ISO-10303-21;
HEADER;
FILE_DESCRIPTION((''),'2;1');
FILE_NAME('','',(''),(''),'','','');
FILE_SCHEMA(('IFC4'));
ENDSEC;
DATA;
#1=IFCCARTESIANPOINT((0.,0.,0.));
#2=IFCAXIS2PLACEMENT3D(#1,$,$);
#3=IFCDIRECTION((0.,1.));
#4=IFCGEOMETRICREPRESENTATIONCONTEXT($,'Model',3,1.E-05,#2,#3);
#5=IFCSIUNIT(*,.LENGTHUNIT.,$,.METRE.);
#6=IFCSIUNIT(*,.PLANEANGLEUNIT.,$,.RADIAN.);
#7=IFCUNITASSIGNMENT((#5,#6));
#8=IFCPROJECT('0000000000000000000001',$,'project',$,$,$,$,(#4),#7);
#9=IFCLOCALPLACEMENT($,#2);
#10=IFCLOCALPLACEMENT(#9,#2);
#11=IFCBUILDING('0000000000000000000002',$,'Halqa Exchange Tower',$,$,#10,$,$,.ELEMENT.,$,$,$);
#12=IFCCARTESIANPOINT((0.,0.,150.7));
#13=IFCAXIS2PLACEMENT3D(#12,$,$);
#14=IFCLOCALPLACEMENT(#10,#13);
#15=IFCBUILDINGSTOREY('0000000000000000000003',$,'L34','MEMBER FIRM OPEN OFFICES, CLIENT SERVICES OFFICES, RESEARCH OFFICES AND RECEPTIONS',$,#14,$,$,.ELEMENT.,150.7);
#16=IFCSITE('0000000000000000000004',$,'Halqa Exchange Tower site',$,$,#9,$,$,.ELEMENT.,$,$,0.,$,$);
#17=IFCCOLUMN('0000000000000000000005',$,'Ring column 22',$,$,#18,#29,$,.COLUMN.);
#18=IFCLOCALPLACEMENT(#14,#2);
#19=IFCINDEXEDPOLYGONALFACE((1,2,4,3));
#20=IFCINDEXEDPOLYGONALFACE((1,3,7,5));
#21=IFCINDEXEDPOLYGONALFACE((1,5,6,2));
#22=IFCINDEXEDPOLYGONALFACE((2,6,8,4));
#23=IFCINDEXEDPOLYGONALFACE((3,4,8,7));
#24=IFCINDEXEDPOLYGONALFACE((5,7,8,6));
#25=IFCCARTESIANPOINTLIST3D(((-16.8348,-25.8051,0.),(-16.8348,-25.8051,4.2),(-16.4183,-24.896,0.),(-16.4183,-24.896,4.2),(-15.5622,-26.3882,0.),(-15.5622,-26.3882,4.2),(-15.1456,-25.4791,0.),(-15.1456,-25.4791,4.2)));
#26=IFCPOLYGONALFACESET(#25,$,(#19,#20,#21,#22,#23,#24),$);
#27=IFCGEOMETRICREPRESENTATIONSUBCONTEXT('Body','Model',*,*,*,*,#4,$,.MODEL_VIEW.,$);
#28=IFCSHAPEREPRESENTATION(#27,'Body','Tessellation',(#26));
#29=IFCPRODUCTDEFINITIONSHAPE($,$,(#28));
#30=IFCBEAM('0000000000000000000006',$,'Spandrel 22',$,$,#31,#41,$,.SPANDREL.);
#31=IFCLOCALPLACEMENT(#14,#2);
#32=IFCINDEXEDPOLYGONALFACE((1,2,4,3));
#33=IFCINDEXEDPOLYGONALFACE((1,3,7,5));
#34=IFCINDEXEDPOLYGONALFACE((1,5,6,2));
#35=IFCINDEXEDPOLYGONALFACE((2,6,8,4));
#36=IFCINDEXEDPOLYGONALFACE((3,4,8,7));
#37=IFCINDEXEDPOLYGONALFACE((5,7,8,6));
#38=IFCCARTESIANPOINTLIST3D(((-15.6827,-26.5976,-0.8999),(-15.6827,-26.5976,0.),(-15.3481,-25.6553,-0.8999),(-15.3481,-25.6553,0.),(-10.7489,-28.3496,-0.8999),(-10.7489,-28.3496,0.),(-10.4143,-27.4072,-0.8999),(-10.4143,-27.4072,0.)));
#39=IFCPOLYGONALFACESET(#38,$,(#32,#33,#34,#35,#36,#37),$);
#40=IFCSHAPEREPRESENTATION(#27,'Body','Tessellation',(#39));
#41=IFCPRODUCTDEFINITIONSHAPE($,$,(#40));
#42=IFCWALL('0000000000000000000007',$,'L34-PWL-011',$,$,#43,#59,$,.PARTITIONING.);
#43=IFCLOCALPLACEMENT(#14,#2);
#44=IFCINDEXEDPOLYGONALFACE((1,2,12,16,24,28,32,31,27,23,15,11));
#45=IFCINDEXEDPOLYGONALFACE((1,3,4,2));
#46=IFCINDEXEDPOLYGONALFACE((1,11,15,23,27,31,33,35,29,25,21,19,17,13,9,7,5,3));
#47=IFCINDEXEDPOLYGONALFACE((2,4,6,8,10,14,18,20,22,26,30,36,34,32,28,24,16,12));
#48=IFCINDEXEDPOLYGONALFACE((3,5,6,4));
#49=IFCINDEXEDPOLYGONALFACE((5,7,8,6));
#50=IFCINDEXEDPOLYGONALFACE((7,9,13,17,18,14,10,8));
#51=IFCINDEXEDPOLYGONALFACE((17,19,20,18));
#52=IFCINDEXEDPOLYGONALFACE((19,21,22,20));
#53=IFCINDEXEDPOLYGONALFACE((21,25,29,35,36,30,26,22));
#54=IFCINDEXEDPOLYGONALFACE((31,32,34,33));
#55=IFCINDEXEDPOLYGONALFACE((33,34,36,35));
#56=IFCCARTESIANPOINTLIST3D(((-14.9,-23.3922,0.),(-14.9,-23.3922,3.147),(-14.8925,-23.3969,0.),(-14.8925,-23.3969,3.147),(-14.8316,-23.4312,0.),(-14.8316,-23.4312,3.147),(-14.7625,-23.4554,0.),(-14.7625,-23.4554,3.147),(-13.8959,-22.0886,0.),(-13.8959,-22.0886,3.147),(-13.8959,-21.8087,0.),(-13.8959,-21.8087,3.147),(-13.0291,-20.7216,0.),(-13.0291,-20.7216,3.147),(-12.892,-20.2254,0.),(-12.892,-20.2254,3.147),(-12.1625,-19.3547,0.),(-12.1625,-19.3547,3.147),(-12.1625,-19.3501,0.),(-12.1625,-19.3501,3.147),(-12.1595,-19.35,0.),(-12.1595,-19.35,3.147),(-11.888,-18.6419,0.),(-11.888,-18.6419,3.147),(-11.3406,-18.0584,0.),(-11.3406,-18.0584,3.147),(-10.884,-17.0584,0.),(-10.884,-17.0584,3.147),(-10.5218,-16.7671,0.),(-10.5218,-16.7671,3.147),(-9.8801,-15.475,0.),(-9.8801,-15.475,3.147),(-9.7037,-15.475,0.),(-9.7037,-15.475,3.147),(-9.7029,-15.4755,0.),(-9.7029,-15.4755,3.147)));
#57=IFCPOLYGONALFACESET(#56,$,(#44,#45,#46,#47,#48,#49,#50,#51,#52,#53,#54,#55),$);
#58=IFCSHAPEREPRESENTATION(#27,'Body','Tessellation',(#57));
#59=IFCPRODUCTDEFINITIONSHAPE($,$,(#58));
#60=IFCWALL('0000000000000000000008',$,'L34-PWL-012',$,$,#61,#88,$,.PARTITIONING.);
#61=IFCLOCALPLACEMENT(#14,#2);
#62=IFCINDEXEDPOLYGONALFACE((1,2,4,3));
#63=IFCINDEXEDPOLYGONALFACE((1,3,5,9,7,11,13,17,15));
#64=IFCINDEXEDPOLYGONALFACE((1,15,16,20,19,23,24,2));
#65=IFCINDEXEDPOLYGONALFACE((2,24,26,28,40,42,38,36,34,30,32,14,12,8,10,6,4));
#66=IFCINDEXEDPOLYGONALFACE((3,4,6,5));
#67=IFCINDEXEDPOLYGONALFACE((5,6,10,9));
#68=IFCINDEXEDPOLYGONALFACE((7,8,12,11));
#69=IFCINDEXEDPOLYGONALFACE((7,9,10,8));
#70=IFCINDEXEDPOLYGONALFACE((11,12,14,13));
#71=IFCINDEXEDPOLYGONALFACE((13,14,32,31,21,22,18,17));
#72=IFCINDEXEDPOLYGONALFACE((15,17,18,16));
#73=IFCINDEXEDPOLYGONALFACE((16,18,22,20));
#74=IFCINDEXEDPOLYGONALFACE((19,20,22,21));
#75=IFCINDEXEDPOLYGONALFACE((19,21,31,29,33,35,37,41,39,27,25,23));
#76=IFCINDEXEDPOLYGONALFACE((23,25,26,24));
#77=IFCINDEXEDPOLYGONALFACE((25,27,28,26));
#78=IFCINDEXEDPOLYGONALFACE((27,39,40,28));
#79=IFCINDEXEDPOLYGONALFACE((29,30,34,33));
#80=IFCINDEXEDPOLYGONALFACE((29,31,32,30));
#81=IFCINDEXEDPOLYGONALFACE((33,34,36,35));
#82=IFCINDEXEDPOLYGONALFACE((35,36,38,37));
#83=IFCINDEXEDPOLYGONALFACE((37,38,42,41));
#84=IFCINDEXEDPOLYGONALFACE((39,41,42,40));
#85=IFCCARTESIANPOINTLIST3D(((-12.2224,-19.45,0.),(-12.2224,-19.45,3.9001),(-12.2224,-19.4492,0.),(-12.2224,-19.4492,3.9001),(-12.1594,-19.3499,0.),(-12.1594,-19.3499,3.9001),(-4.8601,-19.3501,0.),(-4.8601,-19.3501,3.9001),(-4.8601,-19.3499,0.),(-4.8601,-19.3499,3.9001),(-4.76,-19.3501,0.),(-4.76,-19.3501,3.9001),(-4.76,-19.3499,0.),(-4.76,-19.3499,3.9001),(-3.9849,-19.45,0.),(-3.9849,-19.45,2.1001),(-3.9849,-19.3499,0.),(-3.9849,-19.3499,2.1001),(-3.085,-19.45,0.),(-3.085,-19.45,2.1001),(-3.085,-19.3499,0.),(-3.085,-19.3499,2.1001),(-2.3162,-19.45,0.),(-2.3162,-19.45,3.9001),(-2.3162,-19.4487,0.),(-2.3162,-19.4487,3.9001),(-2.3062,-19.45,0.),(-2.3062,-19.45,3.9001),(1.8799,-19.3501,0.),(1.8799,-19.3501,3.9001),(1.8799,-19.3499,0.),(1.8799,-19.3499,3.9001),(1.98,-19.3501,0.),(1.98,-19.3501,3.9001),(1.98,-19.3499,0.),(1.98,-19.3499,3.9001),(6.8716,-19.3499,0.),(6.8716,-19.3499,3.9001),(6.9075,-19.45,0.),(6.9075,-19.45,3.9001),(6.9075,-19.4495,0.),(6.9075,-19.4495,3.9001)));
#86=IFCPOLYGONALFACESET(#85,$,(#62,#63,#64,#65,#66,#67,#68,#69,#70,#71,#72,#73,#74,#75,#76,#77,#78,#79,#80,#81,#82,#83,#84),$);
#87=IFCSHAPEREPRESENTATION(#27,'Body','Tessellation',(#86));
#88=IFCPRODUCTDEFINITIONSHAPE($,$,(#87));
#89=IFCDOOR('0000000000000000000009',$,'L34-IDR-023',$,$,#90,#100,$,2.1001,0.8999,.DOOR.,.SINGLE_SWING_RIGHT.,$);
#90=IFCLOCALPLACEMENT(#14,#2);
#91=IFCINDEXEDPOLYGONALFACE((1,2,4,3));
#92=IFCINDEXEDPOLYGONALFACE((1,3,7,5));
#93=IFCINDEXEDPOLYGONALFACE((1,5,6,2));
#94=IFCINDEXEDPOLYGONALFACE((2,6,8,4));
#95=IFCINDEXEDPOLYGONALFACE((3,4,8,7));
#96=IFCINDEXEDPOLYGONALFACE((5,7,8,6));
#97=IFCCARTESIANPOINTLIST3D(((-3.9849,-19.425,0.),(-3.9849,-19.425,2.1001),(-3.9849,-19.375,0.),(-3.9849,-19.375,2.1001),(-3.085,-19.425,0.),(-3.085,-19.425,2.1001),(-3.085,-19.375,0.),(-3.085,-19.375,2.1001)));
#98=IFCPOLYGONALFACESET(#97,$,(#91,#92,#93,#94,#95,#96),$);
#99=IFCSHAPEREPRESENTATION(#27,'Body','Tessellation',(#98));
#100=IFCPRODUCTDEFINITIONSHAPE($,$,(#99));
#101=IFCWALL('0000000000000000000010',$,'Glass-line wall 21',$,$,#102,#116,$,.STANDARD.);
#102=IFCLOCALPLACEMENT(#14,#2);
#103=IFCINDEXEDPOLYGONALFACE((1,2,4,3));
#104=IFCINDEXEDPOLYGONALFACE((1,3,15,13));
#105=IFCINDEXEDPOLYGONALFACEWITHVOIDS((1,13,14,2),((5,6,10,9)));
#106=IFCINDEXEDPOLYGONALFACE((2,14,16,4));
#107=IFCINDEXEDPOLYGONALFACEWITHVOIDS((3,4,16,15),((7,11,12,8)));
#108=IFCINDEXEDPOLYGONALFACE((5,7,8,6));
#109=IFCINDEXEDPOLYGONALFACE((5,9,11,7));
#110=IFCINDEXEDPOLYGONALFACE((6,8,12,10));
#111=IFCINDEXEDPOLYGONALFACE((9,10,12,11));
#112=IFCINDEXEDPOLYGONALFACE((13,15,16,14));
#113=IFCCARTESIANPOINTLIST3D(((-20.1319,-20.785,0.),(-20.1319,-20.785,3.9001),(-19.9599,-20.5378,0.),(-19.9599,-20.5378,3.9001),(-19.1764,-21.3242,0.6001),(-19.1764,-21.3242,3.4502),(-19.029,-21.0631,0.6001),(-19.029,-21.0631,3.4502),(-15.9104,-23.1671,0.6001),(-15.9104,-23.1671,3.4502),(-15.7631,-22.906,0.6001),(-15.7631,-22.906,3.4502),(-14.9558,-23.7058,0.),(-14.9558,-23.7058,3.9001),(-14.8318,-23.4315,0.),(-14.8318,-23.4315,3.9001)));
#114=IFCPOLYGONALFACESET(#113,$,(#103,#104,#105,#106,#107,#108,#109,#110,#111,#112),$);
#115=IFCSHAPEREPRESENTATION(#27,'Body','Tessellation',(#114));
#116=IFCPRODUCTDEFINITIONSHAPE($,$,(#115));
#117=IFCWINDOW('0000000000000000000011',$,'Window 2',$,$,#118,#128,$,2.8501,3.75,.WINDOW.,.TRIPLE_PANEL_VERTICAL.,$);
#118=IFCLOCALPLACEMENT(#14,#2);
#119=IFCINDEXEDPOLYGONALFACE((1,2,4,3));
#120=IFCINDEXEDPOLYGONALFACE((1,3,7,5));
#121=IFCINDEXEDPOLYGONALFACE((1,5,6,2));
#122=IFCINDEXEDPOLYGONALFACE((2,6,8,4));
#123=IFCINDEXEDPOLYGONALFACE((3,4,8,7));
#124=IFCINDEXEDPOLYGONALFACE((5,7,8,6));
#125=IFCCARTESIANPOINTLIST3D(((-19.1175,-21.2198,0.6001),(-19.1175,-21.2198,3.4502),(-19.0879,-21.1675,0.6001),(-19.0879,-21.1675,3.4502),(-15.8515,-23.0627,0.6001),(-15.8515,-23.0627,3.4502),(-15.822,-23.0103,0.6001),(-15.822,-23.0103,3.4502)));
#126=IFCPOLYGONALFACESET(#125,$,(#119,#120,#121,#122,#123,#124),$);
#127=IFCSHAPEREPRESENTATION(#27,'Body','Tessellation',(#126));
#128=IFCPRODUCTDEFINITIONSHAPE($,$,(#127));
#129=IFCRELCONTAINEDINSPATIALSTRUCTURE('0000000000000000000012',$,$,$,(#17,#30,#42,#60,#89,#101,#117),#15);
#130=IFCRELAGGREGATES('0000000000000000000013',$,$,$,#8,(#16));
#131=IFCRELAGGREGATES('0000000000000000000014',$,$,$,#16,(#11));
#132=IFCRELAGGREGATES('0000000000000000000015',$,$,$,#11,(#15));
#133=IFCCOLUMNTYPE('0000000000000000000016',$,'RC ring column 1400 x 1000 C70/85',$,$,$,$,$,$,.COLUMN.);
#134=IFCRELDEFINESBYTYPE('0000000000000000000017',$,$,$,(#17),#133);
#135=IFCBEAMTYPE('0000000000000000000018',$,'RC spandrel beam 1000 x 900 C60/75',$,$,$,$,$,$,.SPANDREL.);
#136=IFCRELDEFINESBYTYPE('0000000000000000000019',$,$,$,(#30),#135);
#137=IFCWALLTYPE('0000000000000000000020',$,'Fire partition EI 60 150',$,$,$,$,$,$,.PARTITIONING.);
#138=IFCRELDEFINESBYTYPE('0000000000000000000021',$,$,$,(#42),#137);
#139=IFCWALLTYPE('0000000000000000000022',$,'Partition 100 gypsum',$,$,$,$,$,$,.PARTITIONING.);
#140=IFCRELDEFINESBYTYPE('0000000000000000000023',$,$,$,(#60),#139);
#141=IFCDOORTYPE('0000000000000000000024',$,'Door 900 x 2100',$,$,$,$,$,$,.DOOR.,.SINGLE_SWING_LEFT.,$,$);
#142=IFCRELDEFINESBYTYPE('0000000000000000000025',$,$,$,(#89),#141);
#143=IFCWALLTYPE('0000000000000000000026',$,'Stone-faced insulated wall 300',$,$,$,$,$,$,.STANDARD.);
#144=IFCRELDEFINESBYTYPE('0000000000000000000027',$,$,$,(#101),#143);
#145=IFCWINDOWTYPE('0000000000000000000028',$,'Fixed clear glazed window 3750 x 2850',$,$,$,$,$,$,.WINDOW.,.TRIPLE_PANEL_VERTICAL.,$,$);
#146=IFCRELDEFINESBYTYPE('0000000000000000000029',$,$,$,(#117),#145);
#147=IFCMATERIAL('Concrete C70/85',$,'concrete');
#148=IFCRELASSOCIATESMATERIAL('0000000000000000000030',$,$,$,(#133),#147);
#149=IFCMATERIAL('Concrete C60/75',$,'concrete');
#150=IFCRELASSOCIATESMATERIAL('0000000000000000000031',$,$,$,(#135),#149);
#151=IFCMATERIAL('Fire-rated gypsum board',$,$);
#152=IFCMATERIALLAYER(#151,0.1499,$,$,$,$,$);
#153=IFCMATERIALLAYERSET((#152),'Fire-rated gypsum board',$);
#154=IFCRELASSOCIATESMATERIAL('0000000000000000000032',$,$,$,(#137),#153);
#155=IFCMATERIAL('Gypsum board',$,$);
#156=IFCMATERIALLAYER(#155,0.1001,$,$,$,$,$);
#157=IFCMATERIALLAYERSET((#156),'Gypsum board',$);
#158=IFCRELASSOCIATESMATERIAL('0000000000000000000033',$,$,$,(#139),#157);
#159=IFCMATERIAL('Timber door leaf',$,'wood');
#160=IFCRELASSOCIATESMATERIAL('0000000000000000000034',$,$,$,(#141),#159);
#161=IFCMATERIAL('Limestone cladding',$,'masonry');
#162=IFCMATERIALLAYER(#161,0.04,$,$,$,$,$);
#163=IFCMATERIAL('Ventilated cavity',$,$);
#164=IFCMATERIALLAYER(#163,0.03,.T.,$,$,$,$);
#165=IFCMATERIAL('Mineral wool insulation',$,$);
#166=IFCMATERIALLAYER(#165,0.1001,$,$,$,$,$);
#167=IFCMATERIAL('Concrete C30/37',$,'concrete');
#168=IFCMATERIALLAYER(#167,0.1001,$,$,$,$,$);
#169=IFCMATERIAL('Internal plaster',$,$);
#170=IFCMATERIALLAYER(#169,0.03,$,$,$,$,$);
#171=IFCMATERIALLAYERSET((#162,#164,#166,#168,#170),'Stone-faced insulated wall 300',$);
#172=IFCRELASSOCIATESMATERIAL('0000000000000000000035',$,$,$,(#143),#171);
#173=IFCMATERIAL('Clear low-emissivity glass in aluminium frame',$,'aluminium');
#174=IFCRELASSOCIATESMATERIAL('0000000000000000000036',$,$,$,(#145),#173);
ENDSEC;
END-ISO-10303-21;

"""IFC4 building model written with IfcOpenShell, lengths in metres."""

from ifc_helpers import new_model, si_unit, direction, frame, frame_2d, origin, origin_2d, place, context, subcontext, project, spatial, polyline, rectangle, outline, extrude, material, layer, layer_set, material_profile, profile_set, type_object, element, fill, save


model = new_model("IFC4")

# Units and contexts
model_context = context("Model", 3, precision=1e-05, world=origin(), true_north=direction((0.0, 1.0)))
body_context = subcontext(model_context, "Body", "Model", "MODEL_VIEW")
ifc_project = project(units=[si_unit("LENGTHUNIT", "METRE"), si_unit("PLANEANGLEUNIT", "RADIAN")], contexts=[model_context])

# Site, building, storey
site_placement = place(None, origin())
site = spatial("IfcSite", under=ifc_project, at=site_placement, Name="Halqa Exchange Tower site", CompositionType="ELEMENT", RefElevation=0.0)
building_placement = place(site_placement, origin())
building = spatial("IfcBuilding", under=site, at=building_placement, Name="Halqa Exchange Tower", CompositionType="ELEMENT")
storey_placement = place(building_placement, frame((0.0, 0.0, 150.7)))
storey = spatial("IfcBuildingStorey", under=building, at=storey_placement, Name="L34", Description="MEMBER FIRM OPEN OFFICES, CLIENT SERVICES OFFICES, RESEARCH OFFICES AND RECEPTIONS", CompositionType="ELEMENT", Elevation=150.7)

# Column
ifc_material_1 = material(Name="Concrete C70/85", Category="concrete")
ifc_material_profile_1 = material_profile(ifc_material_1, rectangle(XDim=1.3999, YDim=1.0, at=origin_2d()), Name="1400 x 1000")
ifc_profile_set_1 = profile_set([ifc_material_profile_1], Name="Concrete C70/85")
column_type = type_object("IfcColumnType", Name="RC ring column 1400 x 1000 C70/85", PredefinedType="COLUMN", material=ifc_profile_set_1)
column_placement = place(storey_placement, frame((-15.9902, -25.6421, 0.0), z_axis=(0.0, 0.0, 1.0), x_axis=(0.909126, -0.41652, 0.0)))
element("IfcColumn", 1, at=column_placement, inside=storey, type_object=column_type, Name="Ring column 22", PredefinedType="COLUMN", context=body_context, shape_type="SweptSolid", body=[
    extrude(rectangle(XDim=1.3999, YDim=1.0, at=origin_2d()), origin(), (0.0, 0.0, 1.0), 4.2),
])

# Beam
ifc_material_2 = material(Name="Concrete C60/75", Category="concrete")
ifc_material_profile_2 = material_profile(ifc_material_2, rectangle(XDim=1.0, YDim=0.8999, at=origin_2d()), Name="1000 x 900")
ifc_profile_set_2 = profile_set([ifc_material_profile_2], Name="Concrete C60/75")
beam_type = type_object("IfcBeamType", Name="RC spandrel beam 1000 x 900 C60/75", PredefinedType="SPANDREL", material=ifc_profile_set_2)
beam_placement = place(storey_placement, frame((-15.5154, -26.1265, -0.45), z_axis=(0.942353, -0.33462, 0.0), x_axis=(0.33462, 0.942353, 0.0)))
element("IfcBeam", 2, at=beam_placement, inside=storey, type_object=beam_type, Name="Spandrel 22", PredefinedType="SPANDREL", context=body_context, shape_type="SweptSolid", body=[
    extrude(rectangle(XDim=1.0, YDim=0.8999, at=origin_2d()), origin(), (0.0, 0.0, 1.0), 5.2356),
])

# Shared definitions
ifc_material_3 = material(Name="Fire-rated gypsum board")
ifc_layer_1 = layer(ifc_material_3, 0.1499)
ifc_layer_set_1 = layer_set([ifc_layer_1], Name="Fire-rated gypsum board")
wall_type_1 = type_object("IfcWallType", Name="Fire partition EI 60 150", PredefinedType="PARTITIONING", material=ifc_layer_set_1)

# Wall
wall_1_placement = place(storey_placement, frame((-14.8367, -23.4324, 0.0), z_axis=(0.0, 0.0, 1.0), x_axis=(0.535485, 0.844545, 0.0)))
element("IfcWall", 3, at=wall_1_placement, inside=storey, type_object=wall_type_1, Name="L34-PWL-011", PredefinedType="PARTITIONING", context=body_context, shape_type="SweptSolid", body=[
    extrude(outline(polyline([(0.0203, -0.075), (1.6387, -0.075), (3.2573, -0.075), (4.8757, -0.075), (4.8796, -0.0725), (4.8813, -0.075), (6.4106, -0.075), (7.9397, -0.075), (9.469, -0.075), (9.469, -0.074), (9.3745, 0.075), (7.4998, 0.075), (5.6248, 0.075), (3.7498, 0.075), (1.875, 0.075), (0.0, 0.075), (0.0, 0.0662), (0.0037, -0.0037), (0.0203, -0.075)])), origin(), (0.0, 0.0, 1.0), 3.147),
])

# Wall, opening, door
ifc_material_4 = material(Name="Gypsum board")
ifc_layer_2 = layer(ifc_material_4, 0.1001)
ifc_layer_set_2 = layer_set([ifc_layer_2], Name="Gypsum board")
wall_type_2 = type_object("IfcWallType", Name="Partition 100 gypsum", PredefinedType="PARTITIONING", material=ifc_layer_set_2)
wall_2_placement = place(storey_placement, frame((-12.2224, -19.3999, 0.0), z_axis=(0.0, 0.0, 1.0), x_axis=(1.0, 0.0, 0.0)))
wall_2 = element("IfcWall", 4, at=wall_2_placement, inside=storey, type_object=wall_type_2, Name="L34-PWL-012", PredefinedType="PARTITIONING", context=body_context, shape_type="SweptSolid", body=[
    extrude(outline(polyline([(0.0, -0.05), (1.9812, -0.05), (3.9624, -0.05), (5.9436, -0.05), (7.925, -0.05), (9.9062, -0.05), (9.9062, -0.0488), (9.9163, -0.05), (11.759, -0.05), (13.6016, -0.05), (15.4443, -0.05), (17.2871, -0.05), (19.1299, -0.05), (19.1299, -0.0496), (19.094, 0.05), (17.4636, 0.05), (15.833, 0.05), (14.2024, 0.05), (14.2024, 0.0498), (14.1023, 0.0498), (14.1023, 0.05), (12.4424, 0.05), (10.7825, 0.05), (9.1223, 0.05), (7.4624, 0.05), (7.4624, 0.0498), (7.3623, 0.0498), (7.3623, 0.05), (5.5376, 0.05), (3.7126, 0.05), (1.8879, 0.05), (0.063, 0.05), (0.0, -0.0493), (0.0, -0.05)])), origin(), (0.0, 0.0, 1.0), 3.9001),
])
opening_1_placement = place(wall_2_placement, frame((8.2375, 0.0, 0.0)))
opening_1 = element("IfcOpeningElement", 5, at=opening_1_placement, cuts=wall_2, PredefinedType="OPENING", context=body_context, shape_type="SweptSolid", body=[
    extrude(rectangle(XDim=0.8999, YDim=2.1001, at=frame_2d((0.45, 1.05))), frame((0.0, 0.062, 0.0), z_axis=(0.0, -1.0, 0.0), x_axis=(1.0, 0.0, 0.0)), (0.0, 0.0, 1.0), 0.124),
])
ifc_material_5 = material(Name="Timber door leaf", Category="wood")
door_type_1 = type_object("IfcDoorType", Name="Door 900 x 2100", OperationType="SINGLE_SWING_LEFT", PredefinedType="DOOR", material=ifc_material_5)
door_1_placement = place(opening_1_placement, origin())
door_1 = element("IfcDoor", 6, at=door_1_placement, inside=storey, type_object=door_type_1, Name="L34-IDR-023", OperationType="SINGLE_SWING_RIGHT", OverallHeight=2.1001, OverallWidth=0.8999, PredefinedType="DOOR", context=body_context, shape_type="SweptSolid", body=[
    extrude(rectangle(XDim=0.8999, YDim=2.1001, at=frame_2d((0.45, 1.05))), frame((0.0, 0.0249, 0.0), z_axis=(0.0, -1.0, 0.0), x_axis=(1.0, 0.0, 0.0)), (0.0, 0.0, 1.0), 0.05),
])
fill(opening_1, door_1)

# Wall, opening, window
ifc_material_6 = material(Name="Limestone cladding", Category="masonry")
ifc_layer_3 = layer(ifc_material_6, 0.04)
ifc_material_7 = material(Name="Ventilated cavity")
ifc_layer_4 = layer(ifc_material_7, 0.03, ventilated=True)
ifc_material_8 = material(Name="Mineral wool insulation")
ifc_layer_5 = layer(ifc_material_8, 0.1001)
ifc_material_9 = material(Name="Concrete C30/37", Category="concrete")
ifc_layer_6 = layer(ifc_material_9, 0.1001)
ifc_material_10 = material(Name="Internal plaster")
ifc_layer_7 = layer(ifc_material_10, 0.03)
ifc_layer_set_3 = layer_set([ifc_layer_3, ifc_layer_4, ifc_layer_5, ifc_layer_6, ifc_layer_7], Name="Stone-faced insulated wall 300")
wall_type_3 = type_object("IfcWallType", Name="Stone-faced insulated wall 300", PredefinedType="STANDARD", material=ifc_layer_set_3)
wall_3_placement = place(storey_placement, frame((-20.0459, -20.6614, 0.0), z_axis=(0.0, 0.0, 1.0), x_axis=(0.870912, -0.491438, 0.0)))
wall_3 = element("IfcWall", 7, at=wall_3_placement, inside=storey, type_object=wall_type_3, Name="Glass-line wall 21", PredefinedType="STANDARD", context=body_context, shape_type="SweptSolid", body=[
    extrude(outline(polyline([(-0.0142, -0.1499), (5.9292, -0.1499), (5.9023, 0.1499), (0.0142, 0.1499), (-0.0142, -0.1499)])), origin(), (0.0, 0.0, 1.0), 3.9001),
])
opening_2_placement = place(wall_3_placement, frame((1.083, 0.0, 0.6001)))
opening_2 = element("IfcOpeningElement", 8, at=opening_2_placement, cuts=wall_3, PredefinedType="OPENING", context=body_context, shape_type="SweptSolid", body=[
    extrude(rectangle(XDim=3.75, YDim=2.8501, at=frame_2d((1.875, 1.425))), frame((0.0, 0.1621, 0.0), z_axis=(0.0, -1.0, 0.0), x_axis=(1.0, 0.0, 0.0)), (0.0, 0.0, 1.0), 0.324),
])
ifc_material_11 = material(Name="Clear low-emissivity glass in aluminium frame", Category="aluminium")
window_type = type_object("IfcWindowType", Name="Fixed clear glazed window 3750 x 2850", PartitioningType="TRIPLE_PANEL_VERTICAL", PredefinedType="WINDOW", material=ifc_material_11)
window_1_placement = place(opening_2_placement, origin())
window_1 = element("IfcWindow", 9, at=window_1_placement, inside=storey, type_object=window_type, Name="Window 2", OverallHeight=2.8501, OverallWidth=3.75, PartitioningType="TRIPLE_PANEL_VERTICAL", PredefinedType="WINDOW", context=body_context, shape_type="SweptSolid", body=[
    extrude(rectangle(XDim=3.75, YDim=2.8501, at=frame_2d((1.875, 1.425))), frame((0.0, 0.03, 0.0), z_axis=(0.0, -1.0, 0.0), x_axis=(1.0, 0.0, 0.0)), (0.0, 0.0, 1.0), 0.0601),
])
fill(opening_2, window_1)

save(model, "model.ifc")
